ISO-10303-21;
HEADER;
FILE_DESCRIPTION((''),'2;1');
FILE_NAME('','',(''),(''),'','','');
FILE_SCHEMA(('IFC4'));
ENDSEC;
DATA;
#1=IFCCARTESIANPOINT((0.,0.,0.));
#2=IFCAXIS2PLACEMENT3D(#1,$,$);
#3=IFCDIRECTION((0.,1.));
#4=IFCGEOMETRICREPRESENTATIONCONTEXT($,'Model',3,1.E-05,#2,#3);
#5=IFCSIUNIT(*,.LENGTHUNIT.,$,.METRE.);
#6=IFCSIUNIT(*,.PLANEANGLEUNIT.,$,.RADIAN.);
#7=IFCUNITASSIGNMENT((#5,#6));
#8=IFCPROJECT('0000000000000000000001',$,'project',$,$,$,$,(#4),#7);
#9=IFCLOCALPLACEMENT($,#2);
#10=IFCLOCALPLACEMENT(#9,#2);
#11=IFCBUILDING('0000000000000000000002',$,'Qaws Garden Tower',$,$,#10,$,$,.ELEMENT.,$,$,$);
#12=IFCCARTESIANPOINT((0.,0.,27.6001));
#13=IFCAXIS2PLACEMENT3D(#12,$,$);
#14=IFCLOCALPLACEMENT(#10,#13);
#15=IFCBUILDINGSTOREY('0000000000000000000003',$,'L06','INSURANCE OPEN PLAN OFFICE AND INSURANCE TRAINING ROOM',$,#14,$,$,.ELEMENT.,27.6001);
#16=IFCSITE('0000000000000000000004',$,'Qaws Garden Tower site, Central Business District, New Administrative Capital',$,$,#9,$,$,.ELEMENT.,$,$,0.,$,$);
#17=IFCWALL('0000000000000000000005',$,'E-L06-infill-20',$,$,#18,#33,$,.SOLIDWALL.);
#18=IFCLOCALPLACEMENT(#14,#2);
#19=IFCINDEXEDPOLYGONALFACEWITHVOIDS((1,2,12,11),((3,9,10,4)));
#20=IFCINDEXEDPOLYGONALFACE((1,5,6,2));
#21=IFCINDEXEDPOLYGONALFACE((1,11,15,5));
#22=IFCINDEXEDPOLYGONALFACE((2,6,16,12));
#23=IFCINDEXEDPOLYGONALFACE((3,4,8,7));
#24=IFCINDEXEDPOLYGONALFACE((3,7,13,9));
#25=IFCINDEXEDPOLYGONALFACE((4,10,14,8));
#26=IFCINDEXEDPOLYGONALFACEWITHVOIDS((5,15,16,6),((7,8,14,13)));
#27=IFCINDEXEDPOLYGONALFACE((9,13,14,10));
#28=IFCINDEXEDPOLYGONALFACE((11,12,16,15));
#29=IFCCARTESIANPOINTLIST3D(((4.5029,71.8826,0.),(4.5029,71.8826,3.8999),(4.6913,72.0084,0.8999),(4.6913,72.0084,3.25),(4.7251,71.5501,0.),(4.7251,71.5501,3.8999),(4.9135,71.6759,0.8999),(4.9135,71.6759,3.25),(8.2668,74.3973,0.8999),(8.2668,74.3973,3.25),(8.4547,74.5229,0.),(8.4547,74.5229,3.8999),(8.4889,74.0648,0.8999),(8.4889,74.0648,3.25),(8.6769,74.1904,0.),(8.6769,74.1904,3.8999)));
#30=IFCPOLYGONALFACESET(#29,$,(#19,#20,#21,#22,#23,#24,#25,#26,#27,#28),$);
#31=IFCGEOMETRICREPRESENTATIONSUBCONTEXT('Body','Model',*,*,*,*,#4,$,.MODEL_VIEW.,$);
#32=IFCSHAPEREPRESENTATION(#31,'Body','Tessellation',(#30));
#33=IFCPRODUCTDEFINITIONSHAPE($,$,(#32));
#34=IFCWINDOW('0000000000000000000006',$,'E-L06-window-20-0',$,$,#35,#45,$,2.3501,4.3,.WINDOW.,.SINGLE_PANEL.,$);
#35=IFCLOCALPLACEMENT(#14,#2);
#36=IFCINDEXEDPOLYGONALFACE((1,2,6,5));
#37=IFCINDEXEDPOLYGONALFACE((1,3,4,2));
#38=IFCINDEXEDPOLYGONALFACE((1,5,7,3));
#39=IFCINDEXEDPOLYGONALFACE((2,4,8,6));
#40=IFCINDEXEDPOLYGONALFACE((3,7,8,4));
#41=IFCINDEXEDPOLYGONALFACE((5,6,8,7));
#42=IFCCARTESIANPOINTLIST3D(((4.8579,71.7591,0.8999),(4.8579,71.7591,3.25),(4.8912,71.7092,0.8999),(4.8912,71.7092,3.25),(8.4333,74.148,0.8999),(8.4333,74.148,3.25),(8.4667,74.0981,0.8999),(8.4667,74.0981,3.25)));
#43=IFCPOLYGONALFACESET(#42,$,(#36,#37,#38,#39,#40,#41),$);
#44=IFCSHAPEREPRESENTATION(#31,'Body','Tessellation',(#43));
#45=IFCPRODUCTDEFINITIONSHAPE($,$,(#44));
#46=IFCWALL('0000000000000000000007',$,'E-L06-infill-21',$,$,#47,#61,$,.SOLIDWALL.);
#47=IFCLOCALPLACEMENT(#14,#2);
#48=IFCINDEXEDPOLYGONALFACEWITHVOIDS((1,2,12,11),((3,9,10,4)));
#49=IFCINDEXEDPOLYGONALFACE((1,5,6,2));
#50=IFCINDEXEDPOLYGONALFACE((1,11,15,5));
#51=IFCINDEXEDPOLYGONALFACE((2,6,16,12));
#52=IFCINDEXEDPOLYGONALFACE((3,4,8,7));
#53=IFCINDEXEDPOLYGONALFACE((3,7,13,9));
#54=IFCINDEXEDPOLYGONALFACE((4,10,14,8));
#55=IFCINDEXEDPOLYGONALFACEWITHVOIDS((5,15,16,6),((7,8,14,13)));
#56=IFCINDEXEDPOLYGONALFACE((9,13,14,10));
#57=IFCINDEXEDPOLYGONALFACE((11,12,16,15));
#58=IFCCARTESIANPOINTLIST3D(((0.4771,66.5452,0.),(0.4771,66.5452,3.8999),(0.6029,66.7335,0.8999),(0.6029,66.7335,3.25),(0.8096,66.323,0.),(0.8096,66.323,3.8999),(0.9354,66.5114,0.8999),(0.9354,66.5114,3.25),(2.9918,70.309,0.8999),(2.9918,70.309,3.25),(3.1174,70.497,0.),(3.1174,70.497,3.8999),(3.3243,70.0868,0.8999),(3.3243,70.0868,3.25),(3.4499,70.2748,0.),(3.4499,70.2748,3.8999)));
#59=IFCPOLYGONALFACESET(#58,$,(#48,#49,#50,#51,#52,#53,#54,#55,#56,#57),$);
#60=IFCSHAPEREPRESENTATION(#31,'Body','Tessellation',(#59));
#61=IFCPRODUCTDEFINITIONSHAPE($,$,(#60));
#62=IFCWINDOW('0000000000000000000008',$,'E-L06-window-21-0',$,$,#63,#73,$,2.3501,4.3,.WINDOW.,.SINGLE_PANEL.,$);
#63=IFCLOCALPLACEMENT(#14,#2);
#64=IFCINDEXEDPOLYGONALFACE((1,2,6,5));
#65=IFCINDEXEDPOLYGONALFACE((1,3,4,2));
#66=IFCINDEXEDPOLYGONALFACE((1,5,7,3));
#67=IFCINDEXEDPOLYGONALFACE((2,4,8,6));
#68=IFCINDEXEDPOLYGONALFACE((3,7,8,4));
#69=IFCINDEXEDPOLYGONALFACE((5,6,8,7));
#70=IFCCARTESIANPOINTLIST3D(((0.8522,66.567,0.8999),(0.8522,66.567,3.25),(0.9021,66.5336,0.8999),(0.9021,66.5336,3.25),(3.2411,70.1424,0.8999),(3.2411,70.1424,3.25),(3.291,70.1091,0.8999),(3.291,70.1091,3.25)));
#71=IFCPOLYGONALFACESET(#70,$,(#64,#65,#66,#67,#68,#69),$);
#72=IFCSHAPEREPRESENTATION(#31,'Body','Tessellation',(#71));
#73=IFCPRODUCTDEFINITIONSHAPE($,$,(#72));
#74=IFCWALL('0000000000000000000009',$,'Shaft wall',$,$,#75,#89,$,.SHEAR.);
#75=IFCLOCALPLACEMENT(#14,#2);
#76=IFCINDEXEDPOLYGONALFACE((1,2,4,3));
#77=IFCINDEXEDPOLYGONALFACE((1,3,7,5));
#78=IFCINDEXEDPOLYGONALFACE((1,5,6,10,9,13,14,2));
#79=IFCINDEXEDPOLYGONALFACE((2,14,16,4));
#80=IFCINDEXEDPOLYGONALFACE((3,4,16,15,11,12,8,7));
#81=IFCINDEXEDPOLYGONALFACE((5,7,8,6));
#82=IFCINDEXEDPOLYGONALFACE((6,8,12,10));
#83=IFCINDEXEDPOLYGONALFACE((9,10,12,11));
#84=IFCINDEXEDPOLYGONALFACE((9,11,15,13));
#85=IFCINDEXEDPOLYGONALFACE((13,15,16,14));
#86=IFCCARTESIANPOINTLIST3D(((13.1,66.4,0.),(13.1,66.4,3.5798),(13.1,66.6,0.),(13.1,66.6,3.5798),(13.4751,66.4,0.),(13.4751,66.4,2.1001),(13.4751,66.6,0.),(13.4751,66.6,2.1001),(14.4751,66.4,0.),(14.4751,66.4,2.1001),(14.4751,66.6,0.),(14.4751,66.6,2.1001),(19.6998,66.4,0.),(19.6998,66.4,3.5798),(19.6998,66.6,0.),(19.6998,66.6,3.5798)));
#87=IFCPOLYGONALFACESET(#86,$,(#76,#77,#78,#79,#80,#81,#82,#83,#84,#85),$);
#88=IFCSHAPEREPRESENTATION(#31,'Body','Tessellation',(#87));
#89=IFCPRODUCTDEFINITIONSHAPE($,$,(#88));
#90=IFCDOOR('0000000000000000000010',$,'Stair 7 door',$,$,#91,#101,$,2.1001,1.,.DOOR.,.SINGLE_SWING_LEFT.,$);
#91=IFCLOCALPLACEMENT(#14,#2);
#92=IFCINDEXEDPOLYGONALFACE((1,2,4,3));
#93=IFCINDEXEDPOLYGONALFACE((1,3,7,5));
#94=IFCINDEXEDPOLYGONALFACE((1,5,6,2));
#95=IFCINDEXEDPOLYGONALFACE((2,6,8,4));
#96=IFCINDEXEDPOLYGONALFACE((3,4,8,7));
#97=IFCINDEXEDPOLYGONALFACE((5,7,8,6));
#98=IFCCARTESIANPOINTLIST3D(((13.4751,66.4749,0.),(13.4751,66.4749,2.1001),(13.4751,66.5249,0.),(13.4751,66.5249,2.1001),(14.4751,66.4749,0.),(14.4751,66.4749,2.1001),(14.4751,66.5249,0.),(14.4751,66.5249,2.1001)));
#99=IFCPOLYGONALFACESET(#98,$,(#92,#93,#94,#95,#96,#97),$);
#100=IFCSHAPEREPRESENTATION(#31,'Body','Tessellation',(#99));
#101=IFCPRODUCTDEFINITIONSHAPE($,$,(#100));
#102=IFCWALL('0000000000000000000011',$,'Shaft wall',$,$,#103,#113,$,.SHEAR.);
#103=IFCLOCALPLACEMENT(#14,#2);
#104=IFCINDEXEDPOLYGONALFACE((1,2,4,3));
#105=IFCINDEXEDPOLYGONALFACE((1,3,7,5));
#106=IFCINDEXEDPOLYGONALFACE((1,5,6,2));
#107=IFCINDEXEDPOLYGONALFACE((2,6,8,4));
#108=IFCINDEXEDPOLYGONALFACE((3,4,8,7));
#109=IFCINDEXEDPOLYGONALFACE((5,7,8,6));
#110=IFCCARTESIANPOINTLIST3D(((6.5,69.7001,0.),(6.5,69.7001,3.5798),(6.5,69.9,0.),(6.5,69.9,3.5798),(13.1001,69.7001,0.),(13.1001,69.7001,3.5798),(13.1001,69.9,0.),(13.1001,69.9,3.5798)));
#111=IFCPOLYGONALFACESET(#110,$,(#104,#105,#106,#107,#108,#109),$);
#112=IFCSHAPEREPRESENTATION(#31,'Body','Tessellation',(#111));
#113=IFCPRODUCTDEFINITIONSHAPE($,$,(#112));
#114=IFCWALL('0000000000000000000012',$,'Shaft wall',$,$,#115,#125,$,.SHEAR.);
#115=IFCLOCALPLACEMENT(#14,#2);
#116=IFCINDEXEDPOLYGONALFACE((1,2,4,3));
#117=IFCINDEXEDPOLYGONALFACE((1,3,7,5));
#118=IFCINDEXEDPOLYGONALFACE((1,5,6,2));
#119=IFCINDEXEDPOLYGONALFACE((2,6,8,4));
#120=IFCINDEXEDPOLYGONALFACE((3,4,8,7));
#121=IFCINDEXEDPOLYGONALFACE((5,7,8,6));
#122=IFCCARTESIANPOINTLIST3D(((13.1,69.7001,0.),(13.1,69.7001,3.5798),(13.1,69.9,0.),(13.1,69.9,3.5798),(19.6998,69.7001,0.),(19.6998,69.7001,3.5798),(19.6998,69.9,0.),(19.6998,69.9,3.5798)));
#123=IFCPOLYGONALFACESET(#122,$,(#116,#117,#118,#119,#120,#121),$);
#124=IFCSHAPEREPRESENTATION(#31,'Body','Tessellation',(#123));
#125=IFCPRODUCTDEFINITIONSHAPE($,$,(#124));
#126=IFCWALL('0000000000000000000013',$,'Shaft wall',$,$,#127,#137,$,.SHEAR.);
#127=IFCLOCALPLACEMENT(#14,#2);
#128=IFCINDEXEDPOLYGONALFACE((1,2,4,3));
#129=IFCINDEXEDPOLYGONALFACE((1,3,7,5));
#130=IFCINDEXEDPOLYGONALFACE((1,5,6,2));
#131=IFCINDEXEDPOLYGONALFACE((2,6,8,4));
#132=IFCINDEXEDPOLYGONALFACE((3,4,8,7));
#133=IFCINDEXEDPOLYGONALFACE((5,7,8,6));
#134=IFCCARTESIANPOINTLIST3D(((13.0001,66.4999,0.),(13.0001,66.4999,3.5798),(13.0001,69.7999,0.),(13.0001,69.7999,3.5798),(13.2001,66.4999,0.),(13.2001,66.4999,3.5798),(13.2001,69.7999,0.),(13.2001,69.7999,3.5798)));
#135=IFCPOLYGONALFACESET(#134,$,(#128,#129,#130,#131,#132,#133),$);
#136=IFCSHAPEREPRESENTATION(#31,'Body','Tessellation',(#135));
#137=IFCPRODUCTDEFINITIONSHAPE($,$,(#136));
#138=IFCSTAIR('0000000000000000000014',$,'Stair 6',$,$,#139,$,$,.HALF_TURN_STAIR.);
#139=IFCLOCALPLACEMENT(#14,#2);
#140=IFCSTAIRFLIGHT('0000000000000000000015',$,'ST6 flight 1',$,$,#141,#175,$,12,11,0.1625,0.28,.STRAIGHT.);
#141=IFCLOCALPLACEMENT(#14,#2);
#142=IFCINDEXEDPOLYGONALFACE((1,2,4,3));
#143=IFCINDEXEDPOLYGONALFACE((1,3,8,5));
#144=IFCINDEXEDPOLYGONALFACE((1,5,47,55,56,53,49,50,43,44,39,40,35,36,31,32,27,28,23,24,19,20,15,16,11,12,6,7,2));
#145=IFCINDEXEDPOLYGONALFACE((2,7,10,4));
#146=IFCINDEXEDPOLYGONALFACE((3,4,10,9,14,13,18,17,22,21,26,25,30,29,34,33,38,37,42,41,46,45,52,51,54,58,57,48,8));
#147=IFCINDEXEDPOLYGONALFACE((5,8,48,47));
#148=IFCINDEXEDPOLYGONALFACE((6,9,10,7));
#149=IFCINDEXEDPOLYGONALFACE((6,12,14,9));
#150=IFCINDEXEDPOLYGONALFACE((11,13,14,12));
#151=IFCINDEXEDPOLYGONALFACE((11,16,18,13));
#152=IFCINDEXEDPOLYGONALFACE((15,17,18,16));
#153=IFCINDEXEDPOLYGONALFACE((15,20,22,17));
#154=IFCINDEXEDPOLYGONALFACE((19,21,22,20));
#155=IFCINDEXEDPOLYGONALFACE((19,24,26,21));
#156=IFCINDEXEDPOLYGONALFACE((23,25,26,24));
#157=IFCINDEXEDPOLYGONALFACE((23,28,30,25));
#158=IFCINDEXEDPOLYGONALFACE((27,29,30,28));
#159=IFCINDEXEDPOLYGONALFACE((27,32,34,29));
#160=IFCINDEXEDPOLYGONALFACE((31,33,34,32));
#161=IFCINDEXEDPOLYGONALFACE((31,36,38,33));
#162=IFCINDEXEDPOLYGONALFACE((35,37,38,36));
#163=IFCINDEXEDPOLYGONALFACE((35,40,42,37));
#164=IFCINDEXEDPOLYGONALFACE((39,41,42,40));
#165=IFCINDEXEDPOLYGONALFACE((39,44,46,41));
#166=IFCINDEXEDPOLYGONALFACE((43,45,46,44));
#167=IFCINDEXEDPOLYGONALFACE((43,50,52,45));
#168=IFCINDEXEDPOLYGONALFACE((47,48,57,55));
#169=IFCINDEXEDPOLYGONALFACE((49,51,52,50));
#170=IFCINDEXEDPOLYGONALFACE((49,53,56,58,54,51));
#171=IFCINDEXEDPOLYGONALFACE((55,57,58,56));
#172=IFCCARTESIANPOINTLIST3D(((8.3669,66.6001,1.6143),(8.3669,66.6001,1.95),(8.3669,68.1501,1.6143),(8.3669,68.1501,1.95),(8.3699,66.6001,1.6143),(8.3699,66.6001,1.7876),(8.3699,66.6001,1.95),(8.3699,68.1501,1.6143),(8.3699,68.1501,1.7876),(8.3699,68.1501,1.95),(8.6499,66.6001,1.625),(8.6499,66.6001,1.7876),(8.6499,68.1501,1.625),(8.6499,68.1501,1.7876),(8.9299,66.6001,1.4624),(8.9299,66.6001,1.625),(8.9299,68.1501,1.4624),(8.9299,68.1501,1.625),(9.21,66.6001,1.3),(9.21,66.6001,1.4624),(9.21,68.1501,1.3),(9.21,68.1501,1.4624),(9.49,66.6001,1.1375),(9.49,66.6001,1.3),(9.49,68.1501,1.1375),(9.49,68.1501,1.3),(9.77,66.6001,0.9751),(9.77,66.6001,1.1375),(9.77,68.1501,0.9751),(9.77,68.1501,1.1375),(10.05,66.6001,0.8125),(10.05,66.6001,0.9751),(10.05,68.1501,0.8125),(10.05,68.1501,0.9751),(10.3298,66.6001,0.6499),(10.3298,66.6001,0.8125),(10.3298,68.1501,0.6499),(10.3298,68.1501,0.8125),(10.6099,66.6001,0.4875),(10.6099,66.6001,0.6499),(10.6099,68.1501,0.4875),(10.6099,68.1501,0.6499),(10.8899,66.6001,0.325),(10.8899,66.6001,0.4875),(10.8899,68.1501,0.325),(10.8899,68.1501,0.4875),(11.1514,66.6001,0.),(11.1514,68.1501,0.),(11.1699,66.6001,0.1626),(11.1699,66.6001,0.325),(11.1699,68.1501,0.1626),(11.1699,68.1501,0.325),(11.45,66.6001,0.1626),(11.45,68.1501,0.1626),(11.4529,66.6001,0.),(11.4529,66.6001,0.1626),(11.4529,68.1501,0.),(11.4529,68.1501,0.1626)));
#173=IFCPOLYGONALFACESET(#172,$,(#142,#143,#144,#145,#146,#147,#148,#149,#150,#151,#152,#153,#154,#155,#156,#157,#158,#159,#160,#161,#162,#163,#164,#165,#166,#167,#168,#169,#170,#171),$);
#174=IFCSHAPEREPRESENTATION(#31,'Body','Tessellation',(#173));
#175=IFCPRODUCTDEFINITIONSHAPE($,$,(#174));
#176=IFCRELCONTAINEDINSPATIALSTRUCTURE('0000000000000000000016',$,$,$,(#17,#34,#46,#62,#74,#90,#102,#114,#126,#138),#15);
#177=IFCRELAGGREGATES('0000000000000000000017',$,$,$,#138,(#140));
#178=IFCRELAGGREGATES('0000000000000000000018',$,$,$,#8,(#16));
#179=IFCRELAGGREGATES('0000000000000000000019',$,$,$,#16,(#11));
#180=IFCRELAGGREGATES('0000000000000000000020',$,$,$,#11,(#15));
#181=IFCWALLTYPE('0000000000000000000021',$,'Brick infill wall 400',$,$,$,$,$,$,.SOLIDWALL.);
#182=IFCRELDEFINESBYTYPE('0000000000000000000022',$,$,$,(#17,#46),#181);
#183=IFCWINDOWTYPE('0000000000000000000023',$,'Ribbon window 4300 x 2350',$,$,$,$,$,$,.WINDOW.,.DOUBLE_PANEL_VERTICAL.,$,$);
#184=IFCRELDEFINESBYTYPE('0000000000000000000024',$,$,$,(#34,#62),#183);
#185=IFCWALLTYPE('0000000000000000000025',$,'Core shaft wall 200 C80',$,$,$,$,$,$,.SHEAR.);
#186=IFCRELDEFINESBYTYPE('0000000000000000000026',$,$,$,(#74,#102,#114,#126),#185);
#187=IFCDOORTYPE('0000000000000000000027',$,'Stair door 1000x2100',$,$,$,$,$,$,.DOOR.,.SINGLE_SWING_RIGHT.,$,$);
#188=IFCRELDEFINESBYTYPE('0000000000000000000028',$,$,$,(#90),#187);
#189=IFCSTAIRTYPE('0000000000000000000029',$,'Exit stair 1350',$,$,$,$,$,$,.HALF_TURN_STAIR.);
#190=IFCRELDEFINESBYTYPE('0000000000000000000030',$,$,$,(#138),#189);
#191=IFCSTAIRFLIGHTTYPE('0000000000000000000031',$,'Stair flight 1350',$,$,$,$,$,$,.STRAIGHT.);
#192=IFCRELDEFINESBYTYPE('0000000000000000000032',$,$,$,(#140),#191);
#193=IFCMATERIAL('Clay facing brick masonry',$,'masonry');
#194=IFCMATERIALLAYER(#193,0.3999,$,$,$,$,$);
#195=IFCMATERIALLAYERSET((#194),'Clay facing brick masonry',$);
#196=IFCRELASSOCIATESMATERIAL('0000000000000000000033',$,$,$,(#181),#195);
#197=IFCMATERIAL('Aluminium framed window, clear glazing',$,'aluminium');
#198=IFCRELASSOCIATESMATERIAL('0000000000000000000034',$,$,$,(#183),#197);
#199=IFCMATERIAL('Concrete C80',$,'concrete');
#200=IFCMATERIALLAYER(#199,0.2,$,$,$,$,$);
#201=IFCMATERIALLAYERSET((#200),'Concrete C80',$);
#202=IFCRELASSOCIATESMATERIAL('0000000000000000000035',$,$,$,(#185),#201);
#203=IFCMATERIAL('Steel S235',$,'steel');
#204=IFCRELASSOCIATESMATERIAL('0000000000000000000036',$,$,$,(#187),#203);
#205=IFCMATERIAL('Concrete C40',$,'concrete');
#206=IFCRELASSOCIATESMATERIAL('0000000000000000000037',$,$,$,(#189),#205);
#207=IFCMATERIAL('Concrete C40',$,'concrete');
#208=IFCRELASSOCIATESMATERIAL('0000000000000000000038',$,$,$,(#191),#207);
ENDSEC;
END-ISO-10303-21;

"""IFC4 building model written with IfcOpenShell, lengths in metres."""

from ifc_helpers import new_model, si_unit, direction, frame, frame_2d, origin, place, context, subcontext, project, spatial, polyline, rectangle, outline, extrude, material, layer, layer_set, type_object, element, fill, aggregate, save


model = new_model("IFC4")

# Units and contexts
model_context = context("Model", 3, precision=1e-05, world=origin(), true_north=direction((0.0, 1.0)))
body_context = subcontext(model_context, "Body", "Model", "MODEL_VIEW")
ifc_project = project(units=[si_unit("LENGTHUNIT", "METRE"), si_unit("PLANEANGLEUNIT", "RADIAN")], contexts=[model_context])

# Site, building, storey
site_placement = place(None, origin())
site = spatial("IfcSite", under=ifc_project, at=site_placement, Name="Qaws Garden Tower site, Central Business District, New Administrative Capital", CompositionType="ELEMENT", RefElevation=0.0)
building_placement = place(site_placement, origin())
building = spatial("IfcBuilding", under=site, at=building_placement, Name="Qaws Garden Tower", CompositionType="ELEMENT")
storey_placement = place(building_placement, frame((0.0, 0.0, 27.6001)))
storey = spatial("IfcBuildingStorey", under=building, at=storey_placement, Name="L06", Description="INSURANCE OPEN PLAN OFFICE AND INSURANCE TRAINING ROOM", CompositionType="ELEMENT", Elevation=27.6001)

# Walls, openings, windows
ifc_material_1 = material(Name="Clay facing brick masonry", Category="masonry")
ifc_layer_1 = layer(ifc_material_1, 0.3999)
ifc_layer_set_1 = layer_set([ifc_layer_1], Name="Clay facing brick masonry")
wall_type_1 = type_object("IfcWallType", Name="Brick infill wall 400", PredefinedType="SOLIDWALL", material=ifc_layer_set_1)
ifc_material_2 = material(Name="Aluminium framed window, clear glazing", Category="aluminium")
window_type = type_object("IfcWindowType", Name="Ribbon window 4300 x 2350", PartitioningType="DOUBLE_PANEL_VERTICAL", PredefinedType="WINDOW", material=ifc_material_2)
wall_1_placement = place(storey_placement, frame((8.5659, 74.3567, 0.0), z_axis=(0.0, 0.0, 1.0), x_axis=(-0.831489, -0.555542, 0.0)))
wall_1 = element("IfcWall", 1, at=wall_1_placement, inside=storey, type_object=wall_type_1, Name="E-L06-infill-20", PredefinedType="SOLIDWALL", context=body_context, shape_type="SweptSolid", body=[
    extrude(rectangle(XDim=4.7527, YDim=0.3999, at=frame_2d((2.3765, 0.0))), origin(), (0.0, 0.0, 1.0), 3.8999),
])
opening_1_placement = place(wall_1_placement, frame((0.2263, 0.0, 0.8999)))
opening_1 = element("IfcOpeningElement", 2, at=opening_1_placement, cuts=wall_1, PredefinedType="OPENING", context=body_context, shape_type="SweptSolid", body=[
    extrude(rectangle(XDim=4.3, YDim=2.3501, at=frame_2d((2.1499, 1.175))), frame((0.0, 0.21, 0.0), z_axis=(0.0, -1.0, 0.0), x_axis=(1.0, 0.0, 0.0)), (0.0, 0.0, 1.0), 0.4199),
])
window_1_placement = place(opening_1_placement, origin())
window_1 = element("IfcWindow", 3, at=window_1_placement, inside=storey, type_object=window_type, Name="E-L06-window-20-0", OverallHeight=2.3501, OverallWidth=4.3, PartitioningType="SINGLE_PANEL", PredefinedType="WINDOW", context=body_context, shape_type="SweptSolid", body=[
    extrude(rectangle(XDim=4.3, YDim=2.3501, at=frame_2d((2.1499, 1.175))), frame((0.0, 0.1599, 0.0), z_axis=(0.0, -1.0, 0.0), x_axis=(1.0, 0.0, 0.0)), (0.0, 0.0, 1.0), 0.0601),
])
fill(opening_1, window_1)
wall_2_placement = place(storey_placement, frame((3.2837, 70.386, 0.0), z_axis=(0.0, 0.0, 1.0), x_axis=(-0.555542, -0.831489, 0.0)))
wall_2 = element("IfcWall", 4, at=wall_2_placement, inside=storey, type_object=wall_type_1, Name="E-L06-infill-21", PredefinedType="SOLIDWALL", context=body_context, shape_type="SweptSolid", body=[
    extrude(rectangle(XDim=4.7527, YDim=0.3999, at=frame_2d((2.3765, 0.0))), origin(), (0.0, 0.0, 1.0), 3.8999),
])
opening_2_placement = place(wall_2_placement, frame((0.2263, 0.0, 0.8999)))
opening_2 = element("IfcOpeningElement", 5, at=opening_2_placement, cuts=wall_2, PredefinedType="OPENING", context=body_context, shape_type="SweptSolid", body=[
    extrude(rectangle(XDim=4.3, YDim=2.3501, at=frame_2d((2.1499, 1.175))), frame((0.0, 0.21, 0.0), z_axis=(0.0, -1.0, 0.0), x_axis=(1.0, 0.0, 0.0)), (0.0, 0.0, 1.0), 0.4199),
])
window_2_placement = place(opening_2_placement, origin())
window_2 = element("IfcWindow", 6, at=window_2_placement, inside=storey, type_object=window_type, Name="E-L06-window-21-0", OverallHeight=2.3501, OverallWidth=4.3, PartitioningType="SINGLE_PANEL", PredefinedType="WINDOW", context=body_context, shape_type="SweptSolid", body=[
    extrude(rectangle(XDim=4.3, YDim=2.3501, at=frame_2d((2.1499, 1.175))), frame((0.0, 0.1599, 0.0), z_axis=(0.0, -1.0, 0.0), x_axis=(1.0, 0.0, 0.0)), (0.0, 0.0, 1.0), 0.0601),
])
fill(opening_2, window_2)

# Wall, opening, door
ifc_material_3 = material(Name="Concrete C80", Category="concrete")
ifc_layer_2 = layer(ifc_material_3, 0.2)
ifc_layer_set_2 = layer_set([ifc_layer_2], Name="Concrete C80")
wall_type_2 = type_object("IfcWallType", Name="Core shaft wall 200 C80", PredefinedType="SHEAR", material=ifc_layer_set_2)
wall_3_placement = place(storey_placement, frame((13.1001, 66.5, 0.0), z_axis=(0.0, 0.0, 1.0), x_axis=(1.0, 0.0, 0.0)))
wall_3 = element("IfcWall", 7, at=wall_3_placement, inside=storey, type_object=wall_type_2, Name="Shaft wall", PredefinedType="SHEAR", context=body_context, shape_type="SweptSolid", body=[
    extrude(rectangle(XDim=6.5999, YDim=0.2, at=frame_2d((3.2998, 0.0))), origin(), (0.0, 0.0, 1.0), 3.5798),
])
opening_3_placement = place(wall_3_placement, frame((0.375, 0.0, 0.0)))
opening_3 = element("IfcOpeningElement", 8, at=opening_3_placement, cuts=wall_3, PredefinedType="OPENING", context=body_context, shape_type="SweptSolid", body=[
    extrude(rectangle(XDim=1.0, YDim=2.1001, at=frame_2d((0.5, 1.05))), frame((0.0, 0.1099, 0.0), z_axis=(0.0, -1.0, 0.0), x_axis=(1.0, 0.0, 0.0)), (0.0, 0.0, 1.0), 0.22),
])
ifc_material_4 = material(Name="Steel S235", Category="steel")
door_type = type_object("IfcDoorType", Name="Stair door 1000x2100", OperationType="SINGLE_SWING_RIGHT", PredefinedType="DOOR", material=ifc_material_4)
door_placement = place(opening_3_placement, origin())
door = element("IfcDoor", 9, at=door_placement, inside=storey, type_object=door_type, Name="Stair 7 door", OperationType="SINGLE_SWING_LEFT", OverallHeight=2.1001, OverallWidth=1.0, PredefinedType="DOOR", context=body_context, shape_type="SweptSolid", body=[
    extrude(rectangle(XDim=1.0, YDim=2.1001, at=frame_2d((0.5, 1.05))), frame((0.0, 0.0249, 0.0), z_axis=(0.0, -1.0, 0.0), x_axis=(1.0, 0.0, 0.0)), (0.0, 0.0, 1.0), 0.05),
])
fill(opening_3, door)

# Walls
wall_4_placement = place(storey_placement, frame((6.5, 69.8, 0.0), z_axis=(0.0, 0.0, 1.0), x_axis=(1.0, 0.0, 0.0)))
element("IfcWall", 10, at=wall_4_placement, inside=storey, type_object=wall_type_2, Name="Shaft wall", PredefinedType="SHEAR", context=body_context, shape_type="SweptSolid", body=[
    extrude(rectangle(XDim=6.6001, YDim=0.2, at=frame_2d((3.3, 0.0))), origin(), (0.0, 0.0, 1.0), 3.5798),
])
wall_5_placement = place(storey_placement, frame((13.1001, 69.8, 0.0), z_axis=(0.0, 0.0, 1.0), x_axis=(1.0, 0.0, 0.0)))
element("IfcWall", 11, at=wall_5_placement, inside=storey, type_object=wall_type_2, Name="Shaft wall", PredefinedType="SHEAR", context=body_context, shape_type="SweptSolid", body=[
    extrude(rectangle(XDim=6.5999, YDim=0.2, at=frame_2d((3.2998, 0.0))), origin(), (0.0, 0.0, 1.0), 3.5798),
])
wall_6_placement = place(storey_placement, frame((13.1001, 66.5, 0.0), z_axis=(0.0, 0.0, 1.0), x_axis=(0.0, 1.0, 0.0)))
element("IfcWall", 12, at=wall_6_placement, inside=storey, type_object=wall_type_2, Name="Shaft wall", PredefinedType="SHEAR", context=body_context, shape_type="SweptSolid", body=[
    extrude(rectangle(XDim=3.3, YDim=0.2, at=frame_2d((1.6499, 0.0))), origin(), (0.0, 0.0, 1.0), 3.5798),
])

# Stair, stair flight
ifc_material_5 = material(Name="Concrete C40", Category="concrete")
stair_type = type_object("IfcStairType", Name="Exit stair 1350", PredefinedType="HALF_TURN_STAIR", material=ifc_material_5)
placement = place(storey_placement, origin())
stair_1 = element("IfcStair", 13, at=placement, inside=storey, type_object=stair_type, Name="Stair 6", PredefinedType="HALF_TURN_STAIR")
ifc_material_6 = material(Name="Concrete C40", Category="concrete")
stair_flight_type = type_object("IfcStairFlightType", Name="Stair flight 1350", PredefinedType="STRAIGHT", material=ifc_material_6)
stair_flight_1_placement = place(storey_placement, frame((11.45, 67.375, 0.0), z_axis=(0.0, 0.0, 1.0), x_axis=(-1.0, 0.0, 0.0)))
stair_flight_1 = element("IfcStairFlight", 14, at=stair_flight_1_placement, type_object=stair_flight_type, Name="ST6 flight 1", NumberOfRisers=12, NumberOfTreads=11, PredefinedType="STRAIGHT", RiserHeight=0.1625, TreadLength=0.28, context=body_context, shape_type="SweptSolid", body=[
    extrude(outline(polyline([(-0.0029, 0.0), (-0.0029, 0.1626), (0.0, 0.1626), (0.28, 0.1626), (0.28, 0.325), (0.5601, 0.325), (0.5601, 0.4875), (0.8401, 0.4875), (0.8401, 0.6499), (1.1201, 0.6499), (1.1201, 0.8125), (1.3999, 0.8125), (1.3999, 0.9751), (1.6799, 0.9751), (1.6799, 1.1375), (1.96, 1.1375), (1.96, 1.3), (2.24, 1.3), (2.24, 1.4624), (2.52, 1.4624), (2.52, 1.625), (2.8, 1.625), (2.8, 1.7876), (3.0801, 1.7876), (3.0801, 1.95), (3.083, 1.95), (3.083, 1.6143), (3.0801, 1.6143), (0.2986, 0.0), (-0.0029, 0.0)])), frame((0.0, 0.7749, 0.0), z_axis=(0.0, -1.0, 0.0), x_axis=(1.0, 0.0, 0.0)), (0.0, 0.0, 1.0), 1.55),
])
aggregate(stair_1, [stair_flight_1])

save(model, "model.ifc")
